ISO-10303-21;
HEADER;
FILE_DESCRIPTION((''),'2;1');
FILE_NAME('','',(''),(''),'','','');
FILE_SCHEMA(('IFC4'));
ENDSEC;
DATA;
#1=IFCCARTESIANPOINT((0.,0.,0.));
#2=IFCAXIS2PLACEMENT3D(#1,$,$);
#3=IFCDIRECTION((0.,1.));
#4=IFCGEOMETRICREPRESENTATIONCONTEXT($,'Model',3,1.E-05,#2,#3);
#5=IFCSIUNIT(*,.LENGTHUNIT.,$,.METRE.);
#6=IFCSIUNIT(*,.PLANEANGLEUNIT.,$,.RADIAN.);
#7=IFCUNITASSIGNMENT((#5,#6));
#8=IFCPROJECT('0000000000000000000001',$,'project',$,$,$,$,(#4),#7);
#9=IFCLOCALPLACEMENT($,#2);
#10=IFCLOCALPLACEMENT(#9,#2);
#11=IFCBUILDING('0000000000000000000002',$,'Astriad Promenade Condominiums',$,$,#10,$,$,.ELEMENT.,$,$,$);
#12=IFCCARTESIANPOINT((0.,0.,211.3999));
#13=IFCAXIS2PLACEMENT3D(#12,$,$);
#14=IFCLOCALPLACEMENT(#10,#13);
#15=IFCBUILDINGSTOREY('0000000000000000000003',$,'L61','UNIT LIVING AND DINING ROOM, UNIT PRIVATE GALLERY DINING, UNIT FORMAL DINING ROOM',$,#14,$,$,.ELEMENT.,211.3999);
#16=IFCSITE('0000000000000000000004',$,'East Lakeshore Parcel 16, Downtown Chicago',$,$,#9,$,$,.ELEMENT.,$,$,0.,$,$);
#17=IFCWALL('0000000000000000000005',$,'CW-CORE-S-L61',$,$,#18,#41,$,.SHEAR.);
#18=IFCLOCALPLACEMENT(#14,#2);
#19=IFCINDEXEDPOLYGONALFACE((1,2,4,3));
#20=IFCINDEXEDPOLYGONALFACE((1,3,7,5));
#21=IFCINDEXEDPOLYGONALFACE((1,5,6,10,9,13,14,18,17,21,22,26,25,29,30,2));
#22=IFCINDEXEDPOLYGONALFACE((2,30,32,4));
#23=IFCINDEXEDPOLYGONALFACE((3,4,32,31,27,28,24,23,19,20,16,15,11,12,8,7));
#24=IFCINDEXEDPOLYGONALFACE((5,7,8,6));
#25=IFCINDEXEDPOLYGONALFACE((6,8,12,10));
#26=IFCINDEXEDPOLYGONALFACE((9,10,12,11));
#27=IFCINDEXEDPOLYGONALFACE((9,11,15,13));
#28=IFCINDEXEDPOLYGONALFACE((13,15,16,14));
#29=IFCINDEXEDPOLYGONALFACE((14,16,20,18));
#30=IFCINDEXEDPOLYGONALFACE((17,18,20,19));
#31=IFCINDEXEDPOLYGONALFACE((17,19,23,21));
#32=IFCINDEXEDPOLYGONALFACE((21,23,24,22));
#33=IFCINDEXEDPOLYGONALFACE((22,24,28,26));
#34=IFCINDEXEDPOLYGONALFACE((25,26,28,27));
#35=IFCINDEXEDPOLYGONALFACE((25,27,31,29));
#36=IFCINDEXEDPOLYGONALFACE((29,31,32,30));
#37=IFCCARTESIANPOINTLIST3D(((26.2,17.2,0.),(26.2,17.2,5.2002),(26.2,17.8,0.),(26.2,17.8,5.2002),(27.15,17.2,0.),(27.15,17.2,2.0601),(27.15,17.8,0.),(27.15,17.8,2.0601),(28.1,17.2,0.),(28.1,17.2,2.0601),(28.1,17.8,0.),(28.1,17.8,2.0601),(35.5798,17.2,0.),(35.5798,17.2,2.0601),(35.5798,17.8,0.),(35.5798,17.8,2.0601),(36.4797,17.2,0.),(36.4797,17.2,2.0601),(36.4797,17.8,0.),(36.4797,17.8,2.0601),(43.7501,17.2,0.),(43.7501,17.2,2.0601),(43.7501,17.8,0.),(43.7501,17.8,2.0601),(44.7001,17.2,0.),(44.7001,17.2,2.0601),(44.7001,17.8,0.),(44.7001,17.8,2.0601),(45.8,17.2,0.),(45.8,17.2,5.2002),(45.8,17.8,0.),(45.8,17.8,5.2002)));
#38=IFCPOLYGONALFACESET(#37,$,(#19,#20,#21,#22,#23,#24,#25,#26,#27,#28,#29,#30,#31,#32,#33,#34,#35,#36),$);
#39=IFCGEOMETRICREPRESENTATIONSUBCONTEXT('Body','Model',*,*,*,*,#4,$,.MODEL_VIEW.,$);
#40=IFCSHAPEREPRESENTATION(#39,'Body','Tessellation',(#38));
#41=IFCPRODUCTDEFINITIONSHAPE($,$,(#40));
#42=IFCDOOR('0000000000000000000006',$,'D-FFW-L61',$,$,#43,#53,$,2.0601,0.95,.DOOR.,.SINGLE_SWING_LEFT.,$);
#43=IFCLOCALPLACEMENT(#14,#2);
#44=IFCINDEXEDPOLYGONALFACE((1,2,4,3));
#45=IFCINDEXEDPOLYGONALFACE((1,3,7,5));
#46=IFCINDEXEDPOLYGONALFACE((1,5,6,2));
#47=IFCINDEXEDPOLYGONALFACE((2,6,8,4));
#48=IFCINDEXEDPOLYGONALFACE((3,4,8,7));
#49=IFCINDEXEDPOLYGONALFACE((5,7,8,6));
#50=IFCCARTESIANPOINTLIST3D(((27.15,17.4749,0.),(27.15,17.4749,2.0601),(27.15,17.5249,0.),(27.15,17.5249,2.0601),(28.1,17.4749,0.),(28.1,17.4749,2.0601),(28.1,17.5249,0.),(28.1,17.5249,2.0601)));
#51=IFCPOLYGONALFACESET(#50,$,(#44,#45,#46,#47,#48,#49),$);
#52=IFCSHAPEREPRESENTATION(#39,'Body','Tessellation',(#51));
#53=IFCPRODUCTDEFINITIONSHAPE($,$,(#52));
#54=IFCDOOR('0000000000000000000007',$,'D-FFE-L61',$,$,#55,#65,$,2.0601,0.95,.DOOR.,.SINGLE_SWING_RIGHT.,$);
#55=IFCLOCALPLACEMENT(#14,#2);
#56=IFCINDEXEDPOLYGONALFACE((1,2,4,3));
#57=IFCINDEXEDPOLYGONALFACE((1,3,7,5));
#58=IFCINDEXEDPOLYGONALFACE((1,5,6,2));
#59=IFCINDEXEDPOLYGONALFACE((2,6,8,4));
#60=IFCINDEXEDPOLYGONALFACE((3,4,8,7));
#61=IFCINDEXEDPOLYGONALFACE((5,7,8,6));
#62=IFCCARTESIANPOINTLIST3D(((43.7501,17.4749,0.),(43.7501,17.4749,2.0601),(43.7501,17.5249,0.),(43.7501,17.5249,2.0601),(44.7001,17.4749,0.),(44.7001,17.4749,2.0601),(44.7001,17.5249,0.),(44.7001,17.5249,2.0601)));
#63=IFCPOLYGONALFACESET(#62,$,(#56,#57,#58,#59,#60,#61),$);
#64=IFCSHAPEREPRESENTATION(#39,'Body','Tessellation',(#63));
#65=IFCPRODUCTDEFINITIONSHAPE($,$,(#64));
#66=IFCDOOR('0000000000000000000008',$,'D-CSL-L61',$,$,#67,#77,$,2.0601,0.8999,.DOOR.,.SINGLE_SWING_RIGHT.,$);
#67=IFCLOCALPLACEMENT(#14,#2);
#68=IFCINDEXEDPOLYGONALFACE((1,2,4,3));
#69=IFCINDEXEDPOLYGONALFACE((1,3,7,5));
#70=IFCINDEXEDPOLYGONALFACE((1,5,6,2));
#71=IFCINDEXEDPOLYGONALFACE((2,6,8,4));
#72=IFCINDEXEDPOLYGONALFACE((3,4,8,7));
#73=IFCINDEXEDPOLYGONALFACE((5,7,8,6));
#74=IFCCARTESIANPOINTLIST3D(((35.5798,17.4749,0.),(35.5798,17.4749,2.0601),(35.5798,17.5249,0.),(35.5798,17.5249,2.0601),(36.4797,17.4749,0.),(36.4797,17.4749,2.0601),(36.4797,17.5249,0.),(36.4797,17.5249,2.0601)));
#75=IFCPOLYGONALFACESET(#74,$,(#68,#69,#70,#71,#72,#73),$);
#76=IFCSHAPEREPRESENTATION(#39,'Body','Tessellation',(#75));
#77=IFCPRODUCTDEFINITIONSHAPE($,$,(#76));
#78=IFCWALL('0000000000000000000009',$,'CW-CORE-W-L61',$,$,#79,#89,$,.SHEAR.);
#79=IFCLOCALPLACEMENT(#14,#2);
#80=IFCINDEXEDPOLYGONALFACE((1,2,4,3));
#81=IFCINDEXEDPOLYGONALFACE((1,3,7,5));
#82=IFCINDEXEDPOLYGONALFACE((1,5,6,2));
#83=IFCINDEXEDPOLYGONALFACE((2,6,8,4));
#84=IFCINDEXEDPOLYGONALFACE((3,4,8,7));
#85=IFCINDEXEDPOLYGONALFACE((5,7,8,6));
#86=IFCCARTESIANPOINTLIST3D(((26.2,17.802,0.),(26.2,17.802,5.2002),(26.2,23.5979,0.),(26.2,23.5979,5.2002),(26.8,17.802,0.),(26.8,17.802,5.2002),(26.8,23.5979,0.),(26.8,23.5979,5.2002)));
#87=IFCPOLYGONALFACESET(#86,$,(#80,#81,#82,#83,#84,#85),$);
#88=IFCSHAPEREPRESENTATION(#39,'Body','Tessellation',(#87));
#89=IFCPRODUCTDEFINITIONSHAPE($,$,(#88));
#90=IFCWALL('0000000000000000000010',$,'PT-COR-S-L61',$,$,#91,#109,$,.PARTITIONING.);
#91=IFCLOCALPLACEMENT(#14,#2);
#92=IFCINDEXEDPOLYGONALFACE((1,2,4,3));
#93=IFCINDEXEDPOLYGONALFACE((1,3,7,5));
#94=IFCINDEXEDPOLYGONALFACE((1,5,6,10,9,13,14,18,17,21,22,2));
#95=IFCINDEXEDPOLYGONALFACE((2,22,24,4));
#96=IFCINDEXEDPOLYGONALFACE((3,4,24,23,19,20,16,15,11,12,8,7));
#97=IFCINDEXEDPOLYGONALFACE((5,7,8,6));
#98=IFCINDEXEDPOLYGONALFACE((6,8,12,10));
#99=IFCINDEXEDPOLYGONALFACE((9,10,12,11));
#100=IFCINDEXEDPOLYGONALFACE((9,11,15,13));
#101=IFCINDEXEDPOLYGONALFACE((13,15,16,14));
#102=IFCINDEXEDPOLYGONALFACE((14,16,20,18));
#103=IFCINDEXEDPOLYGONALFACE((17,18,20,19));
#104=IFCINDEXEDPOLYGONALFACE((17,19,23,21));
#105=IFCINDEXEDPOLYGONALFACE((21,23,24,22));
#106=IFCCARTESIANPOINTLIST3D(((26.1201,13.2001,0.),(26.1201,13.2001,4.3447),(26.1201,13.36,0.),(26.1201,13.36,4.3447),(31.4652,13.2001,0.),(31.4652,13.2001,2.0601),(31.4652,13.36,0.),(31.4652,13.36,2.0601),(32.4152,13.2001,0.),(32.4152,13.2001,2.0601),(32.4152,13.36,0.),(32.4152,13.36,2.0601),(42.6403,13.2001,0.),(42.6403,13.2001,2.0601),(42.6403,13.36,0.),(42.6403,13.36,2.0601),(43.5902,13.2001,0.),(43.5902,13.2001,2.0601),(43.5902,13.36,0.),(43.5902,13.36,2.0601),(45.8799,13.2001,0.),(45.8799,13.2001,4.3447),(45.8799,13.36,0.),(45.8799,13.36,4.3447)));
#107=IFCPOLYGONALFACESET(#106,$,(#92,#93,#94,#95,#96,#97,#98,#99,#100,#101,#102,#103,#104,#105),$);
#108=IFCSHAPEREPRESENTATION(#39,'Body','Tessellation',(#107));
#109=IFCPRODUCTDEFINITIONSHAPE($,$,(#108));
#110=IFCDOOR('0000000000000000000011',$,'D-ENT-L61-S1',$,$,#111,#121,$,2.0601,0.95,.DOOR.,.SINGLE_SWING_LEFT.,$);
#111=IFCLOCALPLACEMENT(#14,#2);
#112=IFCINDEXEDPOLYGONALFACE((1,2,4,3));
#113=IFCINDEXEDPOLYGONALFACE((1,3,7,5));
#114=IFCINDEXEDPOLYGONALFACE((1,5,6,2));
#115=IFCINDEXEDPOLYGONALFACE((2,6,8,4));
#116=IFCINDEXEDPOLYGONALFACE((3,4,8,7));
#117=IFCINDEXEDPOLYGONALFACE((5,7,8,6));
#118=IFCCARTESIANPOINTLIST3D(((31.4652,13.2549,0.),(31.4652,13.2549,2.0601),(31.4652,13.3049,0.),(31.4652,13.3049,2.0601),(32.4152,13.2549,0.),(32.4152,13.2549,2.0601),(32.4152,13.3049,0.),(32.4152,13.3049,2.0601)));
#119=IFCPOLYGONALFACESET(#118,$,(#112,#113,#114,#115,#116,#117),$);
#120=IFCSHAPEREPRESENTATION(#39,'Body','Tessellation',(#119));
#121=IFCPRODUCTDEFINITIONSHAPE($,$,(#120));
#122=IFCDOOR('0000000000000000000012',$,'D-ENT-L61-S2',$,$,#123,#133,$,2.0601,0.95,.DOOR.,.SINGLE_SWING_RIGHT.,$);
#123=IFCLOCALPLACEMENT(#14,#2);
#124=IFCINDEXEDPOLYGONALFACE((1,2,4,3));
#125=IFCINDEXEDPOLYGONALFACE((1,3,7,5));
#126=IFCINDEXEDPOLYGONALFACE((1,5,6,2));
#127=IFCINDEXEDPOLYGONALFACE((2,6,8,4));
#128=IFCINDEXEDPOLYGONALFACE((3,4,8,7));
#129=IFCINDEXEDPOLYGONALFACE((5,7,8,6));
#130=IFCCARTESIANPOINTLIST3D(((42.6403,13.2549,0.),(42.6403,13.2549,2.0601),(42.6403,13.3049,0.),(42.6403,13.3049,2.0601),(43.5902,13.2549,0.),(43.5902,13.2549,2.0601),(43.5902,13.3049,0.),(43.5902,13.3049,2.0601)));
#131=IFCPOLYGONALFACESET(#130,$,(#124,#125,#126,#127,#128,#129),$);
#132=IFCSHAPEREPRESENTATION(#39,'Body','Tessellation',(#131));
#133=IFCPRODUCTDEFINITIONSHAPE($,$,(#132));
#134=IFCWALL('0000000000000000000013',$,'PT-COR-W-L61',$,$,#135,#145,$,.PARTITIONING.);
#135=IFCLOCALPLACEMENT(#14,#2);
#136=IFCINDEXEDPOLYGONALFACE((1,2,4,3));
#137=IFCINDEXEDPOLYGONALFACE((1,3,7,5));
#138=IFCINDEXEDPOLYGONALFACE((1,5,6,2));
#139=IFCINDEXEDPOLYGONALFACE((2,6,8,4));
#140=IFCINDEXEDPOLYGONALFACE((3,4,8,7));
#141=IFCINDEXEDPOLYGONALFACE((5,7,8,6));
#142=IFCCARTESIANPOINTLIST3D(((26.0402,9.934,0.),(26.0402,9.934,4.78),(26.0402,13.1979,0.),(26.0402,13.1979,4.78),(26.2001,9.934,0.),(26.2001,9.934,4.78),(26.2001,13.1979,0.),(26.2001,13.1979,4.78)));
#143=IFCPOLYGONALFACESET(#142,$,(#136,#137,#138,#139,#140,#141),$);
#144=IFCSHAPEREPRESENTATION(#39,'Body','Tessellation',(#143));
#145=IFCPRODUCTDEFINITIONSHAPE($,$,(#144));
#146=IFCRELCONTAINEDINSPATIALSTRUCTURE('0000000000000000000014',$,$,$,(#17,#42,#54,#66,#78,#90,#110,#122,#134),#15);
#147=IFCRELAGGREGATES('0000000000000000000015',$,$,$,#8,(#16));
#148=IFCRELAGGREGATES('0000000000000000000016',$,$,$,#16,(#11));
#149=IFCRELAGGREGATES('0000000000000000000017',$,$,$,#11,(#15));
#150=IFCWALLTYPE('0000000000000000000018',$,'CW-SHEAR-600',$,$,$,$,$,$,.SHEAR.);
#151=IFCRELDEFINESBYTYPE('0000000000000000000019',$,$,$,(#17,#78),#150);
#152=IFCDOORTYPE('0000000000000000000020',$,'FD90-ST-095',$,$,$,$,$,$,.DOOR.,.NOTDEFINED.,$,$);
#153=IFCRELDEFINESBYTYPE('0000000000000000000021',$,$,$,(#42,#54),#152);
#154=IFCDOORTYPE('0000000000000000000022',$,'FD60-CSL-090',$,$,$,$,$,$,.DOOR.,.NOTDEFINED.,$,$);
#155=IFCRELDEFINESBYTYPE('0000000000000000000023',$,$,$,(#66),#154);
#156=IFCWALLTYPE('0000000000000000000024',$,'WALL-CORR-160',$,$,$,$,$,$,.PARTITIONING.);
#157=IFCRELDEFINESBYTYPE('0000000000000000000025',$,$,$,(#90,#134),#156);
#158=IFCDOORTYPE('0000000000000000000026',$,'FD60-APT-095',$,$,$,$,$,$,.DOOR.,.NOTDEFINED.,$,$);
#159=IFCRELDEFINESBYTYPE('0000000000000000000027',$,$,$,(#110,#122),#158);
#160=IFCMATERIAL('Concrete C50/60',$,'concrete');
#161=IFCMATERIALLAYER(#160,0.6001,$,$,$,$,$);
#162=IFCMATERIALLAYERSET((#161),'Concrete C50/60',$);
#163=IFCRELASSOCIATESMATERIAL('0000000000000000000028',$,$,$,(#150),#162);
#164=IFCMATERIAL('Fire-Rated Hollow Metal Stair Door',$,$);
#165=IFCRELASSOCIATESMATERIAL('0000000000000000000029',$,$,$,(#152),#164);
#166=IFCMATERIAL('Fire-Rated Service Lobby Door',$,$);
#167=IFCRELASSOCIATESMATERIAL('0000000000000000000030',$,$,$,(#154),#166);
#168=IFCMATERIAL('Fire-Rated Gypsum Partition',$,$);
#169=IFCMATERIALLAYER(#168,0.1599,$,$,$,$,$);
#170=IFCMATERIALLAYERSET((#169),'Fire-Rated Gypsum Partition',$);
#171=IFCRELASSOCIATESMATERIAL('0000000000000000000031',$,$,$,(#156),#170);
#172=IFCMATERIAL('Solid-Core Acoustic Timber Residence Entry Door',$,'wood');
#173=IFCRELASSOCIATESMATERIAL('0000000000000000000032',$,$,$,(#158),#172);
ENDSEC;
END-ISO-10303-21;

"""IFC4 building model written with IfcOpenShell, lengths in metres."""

from ifc_helpers import new_model, si_unit, direction, frame, frame_2d, origin, place, context, subcontext, project, spatial, rectangle, extrude, source, transform, mapped, material, layer, layer_set, type_object, type_shapes, element, fill, save


model = new_model("IFC4")

# Units and contexts
model_context = context("Model", 3, precision=1e-05, world=origin(), true_north=direction((0.0, 1.0)))
body_context = subcontext(model_context, "Body", "Model", "MODEL_VIEW")
ifc_project = project(units=[si_unit("LENGTHUNIT", "METRE"), si_unit("PLANEANGLEUNIT", "RADIAN")], contexts=[model_context])

# Site, building, storey
site_placement = place(None, origin())
site = spatial("IfcSite", under=ifc_project, at=site_placement, Name="East Lakeshore Parcel 16, Downtown Chicago", CompositionType="ELEMENT", RefElevation=0.0)
building_placement = place(site_placement, origin())
building = spatial("IfcBuilding", under=site, at=building_placement, Name="Astriad Promenade Condominiums", CompositionType="ELEMENT")
storey_placement = place(building_placement, frame((0.0, 0.0, 211.3999)))
storey = spatial("IfcBuildingStorey", under=building, at=storey_placement, Name="L61", Description="UNIT LIVING AND DINING ROOM, UNIT PRIVATE GALLERY DINING, UNIT FORMAL DINING ROOM", CompositionType="ELEMENT", Elevation=211.3999)

# Wall, openings, doors
ifc_material_1 = material(Name="Concrete C50/60", Category="concrete")
ifc_layer_1 = layer(ifc_material_1, 0.6001)
ifc_layer_set_1 = layer_set([ifc_layer_1], Name="Concrete C50/60")
wall_type_1 = type_object("IfcWallType", Name="CW-SHEAR-600", PredefinedType="SHEAR", material=ifc_layer_set_1)
wall_1_placement = place(storey_placement, frame((26.2, 17.5, 0.0), z_axis=(0.0, 0.0, 1.0), x_axis=(1.0, 0.0, 0.0)))
wall_1 = element("IfcWall", 1, at=wall_1_placement, inside=storey, type_object=wall_type_1, Name="CW-CORE-S-L61", PredefinedType="SHEAR", context=body_context, shape_type="SweptSolid", body=[
    extrude(rectangle(XDim=19.6001, YDim=0.6001, at=frame_2d((9.8, 0.0))), origin(), (0.0, 0.0, 1.0), 5.2002),
])
opening_1_placement = place(wall_1_placement, frame((0.95, 0.0, 0.0)))
opening_1 = element("IfcOpeningElement", 2, at=opening_1_placement, cuts=wall_1, PredefinedType="OPENING", context=body_context, shape_type="SweptSolid", body=[
    extrude(rectangle(XDim=0.95, YDim=2.0601, at=frame_2d((0.4751, 1.03))), frame((0.0, 0.3101, 0.0), z_axis=(0.0, -1.0, 0.0), x_axis=(1.0, 0.0, 0.0)), (0.0, 0.0, 1.0), 0.6201),
])
opening_2_placement = place(wall_1_placement, frame((9.3799, 0.0, 0.0)))
opening_2 = element("IfcOpeningElement", 3, at=opening_2_placement, cuts=wall_1, PredefinedType="OPENING", context=body_context, shape_type="SweptSolid", body=[
    extrude(rectangle(XDim=0.8999, YDim=2.0601, at=frame_2d((0.45, 1.03))), frame((0.0, 0.3101, 0.0), z_axis=(0.0, -1.0, 0.0), x_axis=(1.0, 0.0, 0.0)), (0.0, 0.0, 1.0), 0.6201),
])
opening_3_placement = place(wall_1_placement, frame((17.55, 0.0, 0.0)))
opening_3 = element("IfcOpeningElement", 4, at=opening_3_placement, cuts=wall_1, PredefinedType="OPENING", context=body_context, shape_type="SweptSolid", body=[
    extrude(rectangle(XDim=0.95, YDim=2.0601, at=frame_2d((0.4751, 1.03))), frame((0.0, 0.3101, 0.0), z_axis=(0.0, -1.0, 0.0), x_axis=(1.0, 0.0, 0.0)), (0.0, 0.0, 1.0), 0.6201),
])
ifc_material_2 = material(Name="Fire-Rated Hollow Metal Stair Door")
door_type_1 = type_object("IfcDoorType", Name="FD90-ST-095", OperationType="NOTDEFINED", PredefinedType="DOOR", material=ifc_material_2)
shared_shape_1 = source(origin(), body_context, "Body", "SweptSolid", [
    extrude(rectangle(XDim=0.95, YDim=2.0601, at=frame_2d((0.4751, 1.03))), frame((0.0, 0.0249, 0.0), z_axis=(0.0, -1.0, 0.0), x_axis=(1.0, 0.0, 0.0)), (0.0, 0.0, 1.0), 0.05),
])
type_shapes(door_type_1, [shared_shape_1])
door_1_placement = place(opening_1_placement, origin())
door_1 = element("IfcDoor", 5, at=door_1_placement, inside=storey, type_object=door_type_1, Name="D-FFW-L61", OperationType="SINGLE_SWING_LEFT", OverallHeight=2.0601, OverallWidth=0.95, PredefinedType="DOOR", context=body_context, shape_type="MappedRepresentation", body=[
    mapped(shared_shape_1, transform((0.0, 0.0, 0.0), scale=1.0)),
])
fill(opening_1, door_1)
door_2_placement = place(opening_3_placement, origin())
door_2 = element("IfcDoor", 6, at=door_2_placement, inside=storey, type_object=door_type_1, Name="D-FFE-L61", OperationType="SINGLE_SWING_RIGHT", OverallHeight=2.0601, OverallWidth=0.95, PredefinedType="DOOR", context=body_context, shape_type="MappedRepresentation", body=[
    mapped(shared_shape_1, transform((0.0, 0.0, 0.0), scale=1.0)),
])
fill(opening_3, door_2)
ifc_material_3 = material(Name="Fire-Rated Service Lobby Door")
door_type_2 = type_object("IfcDoorType", Name="FD60-CSL-090", OperationType="NOTDEFINED", PredefinedType="DOOR", material=ifc_material_3)
shared_shape_2 = source(origin(), body_context, "Body", "SweptSolid", [
    extrude(rectangle(XDim=0.8999, YDim=2.0601, at=frame_2d((0.45, 1.03))), frame((0.0, 0.0249, 0.0), z_axis=(0.0, -1.0, 0.0), x_axis=(1.0, 0.0, 0.0)), (0.0, 0.0, 1.0), 0.05),
])
type_shapes(door_type_2, [shared_shape_2])
door_3_placement = place(opening_2_placement, origin())
door_3 = element("IfcDoor", 7, at=door_3_placement, inside=storey, type_object=door_type_2, Name="D-CSL-L61", OperationType="SINGLE_SWING_RIGHT", OverallHeight=2.0601, OverallWidth=0.8999, PredefinedType="DOOR", context=body_context, shape_type="MappedRepresentation", body=[
    mapped(shared_shape_2, transform((0.0, 0.0, 0.0), scale=1.0)),
])
fill(opening_2, door_3)

# Wall
wall_2_placement = place(storey_placement, frame((26.5, 17.802, 0.0), z_axis=(0.0, 0.0, 1.0), x_axis=(0.0, 1.0, 0.0)))
element("IfcWall", 8, at=wall_2_placement, inside=storey, type_object=wall_type_1, Name="CW-CORE-W-L61", PredefinedType="SHEAR", context=body_context, shape_type="SweptSolid", body=[
    extrude(rectangle(XDim=5.7959, YDim=0.6001, at=frame_2d((2.8979, 0.0))), origin(), (0.0, 0.0, 1.0), 5.2002),
])

# Wall, openings, doors
ifc_material_4 = material(Name="Fire-Rated Gypsum Partition")
ifc_layer_2 = layer(ifc_material_4, 0.1599)
ifc_layer_set_2 = layer_set([ifc_layer_2], Name="Fire-Rated Gypsum Partition")
wall_type_2 = type_object("IfcWallType", Name="WALL-CORR-160", PredefinedType="PARTITIONING", material=ifc_layer_set_2)
wall_3_placement = place(storey_placement, frame((26.1201, 13.28, 0.0), z_axis=(0.0, 0.0, 1.0), x_axis=(1.0, 0.0, 0.0)))
wall_3 = element("IfcWall", 9, at=wall_3_placement, inside=storey, type_object=wall_type_2, Name="PT-COR-S-L61", PredefinedType="PARTITIONING", context=body_context, shape_type="SweptSolid", body=[
    extrude(rectangle(XDim=19.7598, YDim=0.1599, at=frame_2d((9.8799, 0.0))), origin(), (0.0, 0.0, 1.0), 4.3447),
])
opening_4_placement = place(wall_3_placement, frame((5.345, 0.0, 0.0)))
opening_4 = element("IfcOpeningElement", 10, at=opening_4_placement, cuts=wall_3, PredefinedType="OPENING", context=body_context, shape_type="SweptSolid", body=[
    extrude(rectangle(XDim=0.95, YDim=2.0601, at=frame_2d((0.4751, 1.03))), frame((0.0, 0.0898, 0.0), z_axis=(0.0, -1.0, 0.0), x_axis=(1.0, 0.0, 0.0)), (0.0, 0.0, 1.0), 0.1799),
])
opening_5_placement = place(wall_3_placement, frame((16.52, 0.0, 0.0)))
opening_5 = element("IfcOpeningElement", 11, at=opening_5_placement, cuts=wall_3, PredefinedType="OPENING", context=body_context, shape_type="SweptSolid", body=[
    extrude(rectangle(XDim=0.95, YDim=2.0601, at=frame_2d((0.4751, 1.03))), frame((0.0, 0.0898, 0.0), z_axis=(0.0, -1.0, 0.0), x_axis=(1.0, 0.0, 0.0)), (0.0, 0.0, 1.0), 0.1799),
])
ifc_material_5 = material(Name="Solid-Core Acoustic Timber Residence Entry Door", Category="wood")
door_type_3 = type_object("IfcDoorType", Name="FD60-APT-095", OperationType="NOTDEFINED", PredefinedType="DOOR", material=ifc_material_5)
shared_shape_3 = source(origin(), body_context, "Body", "SweptSolid", [
    extrude(rectangle(XDim=0.95, YDim=2.0601, at=frame_2d((0.4751, 1.03))), frame((0.0, 0.0249, 0.0), z_axis=(0.0, -1.0, 0.0), x_axis=(1.0, 0.0, 0.0)), (0.0, 0.0, 1.0), 0.05),
])
type_shapes(door_type_3, [shared_shape_3])
door_4_placement = place(opening_4_placement, origin())
door_4 = element("IfcDoor", 12, at=door_4_placement, inside=storey, type_object=door_type_3, Name="D-ENT-L61-S1", OperationType="SINGLE_SWING_LEFT", OverallHeight=2.0601, OverallWidth=0.95, PredefinedType="DOOR", context=body_context, shape_type="MappedRepresentation", body=[
    mapped(shared_shape_3, transform((0.0, 0.0, 0.0), scale=1.0)),
])
fill(opening_4, door_4)
door_5_placement = place(opening_5_placement, origin())
door_5 = element("IfcDoor", 13, at=door_5_placement, inside=storey, type_object=door_type_3, Name="D-ENT-L61-S2", OperationType="SINGLE_SWING_RIGHT", OverallHeight=2.0601, OverallWidth=0.95, PredefinedType="DOOR", context=body_context, shape_type="MappedRepresentation", body=[
    mapped(shared_shape_3, transform((0.0, 0.0, 0.0), scale=1.0)),
])
fill(opening_5, door_5)

# Wall
wall_4_placement = place(storey_placement, frame((26.1201, 9.9341, 0.0), z_axis=(0.0, 0.0, 1.0), x_axis=(0.0, 1.0, 0.0)))
element("IfcWall", 14, at=wall_4_placement, inside=storey, type_object=wall_type_2, Name="PT-COR-W-L61", PredefinedType="PARTITIONING", context=body_context, shape_type="SweptSolid", body=[
    extrude(rectangle(XDim=3.2639, YDim=0.1599, at=frame_2d((1.6318, 0.0))), origin(), (0.0, 0.0, 1.0), 4.78),
])

save(model, "model.ifc")
